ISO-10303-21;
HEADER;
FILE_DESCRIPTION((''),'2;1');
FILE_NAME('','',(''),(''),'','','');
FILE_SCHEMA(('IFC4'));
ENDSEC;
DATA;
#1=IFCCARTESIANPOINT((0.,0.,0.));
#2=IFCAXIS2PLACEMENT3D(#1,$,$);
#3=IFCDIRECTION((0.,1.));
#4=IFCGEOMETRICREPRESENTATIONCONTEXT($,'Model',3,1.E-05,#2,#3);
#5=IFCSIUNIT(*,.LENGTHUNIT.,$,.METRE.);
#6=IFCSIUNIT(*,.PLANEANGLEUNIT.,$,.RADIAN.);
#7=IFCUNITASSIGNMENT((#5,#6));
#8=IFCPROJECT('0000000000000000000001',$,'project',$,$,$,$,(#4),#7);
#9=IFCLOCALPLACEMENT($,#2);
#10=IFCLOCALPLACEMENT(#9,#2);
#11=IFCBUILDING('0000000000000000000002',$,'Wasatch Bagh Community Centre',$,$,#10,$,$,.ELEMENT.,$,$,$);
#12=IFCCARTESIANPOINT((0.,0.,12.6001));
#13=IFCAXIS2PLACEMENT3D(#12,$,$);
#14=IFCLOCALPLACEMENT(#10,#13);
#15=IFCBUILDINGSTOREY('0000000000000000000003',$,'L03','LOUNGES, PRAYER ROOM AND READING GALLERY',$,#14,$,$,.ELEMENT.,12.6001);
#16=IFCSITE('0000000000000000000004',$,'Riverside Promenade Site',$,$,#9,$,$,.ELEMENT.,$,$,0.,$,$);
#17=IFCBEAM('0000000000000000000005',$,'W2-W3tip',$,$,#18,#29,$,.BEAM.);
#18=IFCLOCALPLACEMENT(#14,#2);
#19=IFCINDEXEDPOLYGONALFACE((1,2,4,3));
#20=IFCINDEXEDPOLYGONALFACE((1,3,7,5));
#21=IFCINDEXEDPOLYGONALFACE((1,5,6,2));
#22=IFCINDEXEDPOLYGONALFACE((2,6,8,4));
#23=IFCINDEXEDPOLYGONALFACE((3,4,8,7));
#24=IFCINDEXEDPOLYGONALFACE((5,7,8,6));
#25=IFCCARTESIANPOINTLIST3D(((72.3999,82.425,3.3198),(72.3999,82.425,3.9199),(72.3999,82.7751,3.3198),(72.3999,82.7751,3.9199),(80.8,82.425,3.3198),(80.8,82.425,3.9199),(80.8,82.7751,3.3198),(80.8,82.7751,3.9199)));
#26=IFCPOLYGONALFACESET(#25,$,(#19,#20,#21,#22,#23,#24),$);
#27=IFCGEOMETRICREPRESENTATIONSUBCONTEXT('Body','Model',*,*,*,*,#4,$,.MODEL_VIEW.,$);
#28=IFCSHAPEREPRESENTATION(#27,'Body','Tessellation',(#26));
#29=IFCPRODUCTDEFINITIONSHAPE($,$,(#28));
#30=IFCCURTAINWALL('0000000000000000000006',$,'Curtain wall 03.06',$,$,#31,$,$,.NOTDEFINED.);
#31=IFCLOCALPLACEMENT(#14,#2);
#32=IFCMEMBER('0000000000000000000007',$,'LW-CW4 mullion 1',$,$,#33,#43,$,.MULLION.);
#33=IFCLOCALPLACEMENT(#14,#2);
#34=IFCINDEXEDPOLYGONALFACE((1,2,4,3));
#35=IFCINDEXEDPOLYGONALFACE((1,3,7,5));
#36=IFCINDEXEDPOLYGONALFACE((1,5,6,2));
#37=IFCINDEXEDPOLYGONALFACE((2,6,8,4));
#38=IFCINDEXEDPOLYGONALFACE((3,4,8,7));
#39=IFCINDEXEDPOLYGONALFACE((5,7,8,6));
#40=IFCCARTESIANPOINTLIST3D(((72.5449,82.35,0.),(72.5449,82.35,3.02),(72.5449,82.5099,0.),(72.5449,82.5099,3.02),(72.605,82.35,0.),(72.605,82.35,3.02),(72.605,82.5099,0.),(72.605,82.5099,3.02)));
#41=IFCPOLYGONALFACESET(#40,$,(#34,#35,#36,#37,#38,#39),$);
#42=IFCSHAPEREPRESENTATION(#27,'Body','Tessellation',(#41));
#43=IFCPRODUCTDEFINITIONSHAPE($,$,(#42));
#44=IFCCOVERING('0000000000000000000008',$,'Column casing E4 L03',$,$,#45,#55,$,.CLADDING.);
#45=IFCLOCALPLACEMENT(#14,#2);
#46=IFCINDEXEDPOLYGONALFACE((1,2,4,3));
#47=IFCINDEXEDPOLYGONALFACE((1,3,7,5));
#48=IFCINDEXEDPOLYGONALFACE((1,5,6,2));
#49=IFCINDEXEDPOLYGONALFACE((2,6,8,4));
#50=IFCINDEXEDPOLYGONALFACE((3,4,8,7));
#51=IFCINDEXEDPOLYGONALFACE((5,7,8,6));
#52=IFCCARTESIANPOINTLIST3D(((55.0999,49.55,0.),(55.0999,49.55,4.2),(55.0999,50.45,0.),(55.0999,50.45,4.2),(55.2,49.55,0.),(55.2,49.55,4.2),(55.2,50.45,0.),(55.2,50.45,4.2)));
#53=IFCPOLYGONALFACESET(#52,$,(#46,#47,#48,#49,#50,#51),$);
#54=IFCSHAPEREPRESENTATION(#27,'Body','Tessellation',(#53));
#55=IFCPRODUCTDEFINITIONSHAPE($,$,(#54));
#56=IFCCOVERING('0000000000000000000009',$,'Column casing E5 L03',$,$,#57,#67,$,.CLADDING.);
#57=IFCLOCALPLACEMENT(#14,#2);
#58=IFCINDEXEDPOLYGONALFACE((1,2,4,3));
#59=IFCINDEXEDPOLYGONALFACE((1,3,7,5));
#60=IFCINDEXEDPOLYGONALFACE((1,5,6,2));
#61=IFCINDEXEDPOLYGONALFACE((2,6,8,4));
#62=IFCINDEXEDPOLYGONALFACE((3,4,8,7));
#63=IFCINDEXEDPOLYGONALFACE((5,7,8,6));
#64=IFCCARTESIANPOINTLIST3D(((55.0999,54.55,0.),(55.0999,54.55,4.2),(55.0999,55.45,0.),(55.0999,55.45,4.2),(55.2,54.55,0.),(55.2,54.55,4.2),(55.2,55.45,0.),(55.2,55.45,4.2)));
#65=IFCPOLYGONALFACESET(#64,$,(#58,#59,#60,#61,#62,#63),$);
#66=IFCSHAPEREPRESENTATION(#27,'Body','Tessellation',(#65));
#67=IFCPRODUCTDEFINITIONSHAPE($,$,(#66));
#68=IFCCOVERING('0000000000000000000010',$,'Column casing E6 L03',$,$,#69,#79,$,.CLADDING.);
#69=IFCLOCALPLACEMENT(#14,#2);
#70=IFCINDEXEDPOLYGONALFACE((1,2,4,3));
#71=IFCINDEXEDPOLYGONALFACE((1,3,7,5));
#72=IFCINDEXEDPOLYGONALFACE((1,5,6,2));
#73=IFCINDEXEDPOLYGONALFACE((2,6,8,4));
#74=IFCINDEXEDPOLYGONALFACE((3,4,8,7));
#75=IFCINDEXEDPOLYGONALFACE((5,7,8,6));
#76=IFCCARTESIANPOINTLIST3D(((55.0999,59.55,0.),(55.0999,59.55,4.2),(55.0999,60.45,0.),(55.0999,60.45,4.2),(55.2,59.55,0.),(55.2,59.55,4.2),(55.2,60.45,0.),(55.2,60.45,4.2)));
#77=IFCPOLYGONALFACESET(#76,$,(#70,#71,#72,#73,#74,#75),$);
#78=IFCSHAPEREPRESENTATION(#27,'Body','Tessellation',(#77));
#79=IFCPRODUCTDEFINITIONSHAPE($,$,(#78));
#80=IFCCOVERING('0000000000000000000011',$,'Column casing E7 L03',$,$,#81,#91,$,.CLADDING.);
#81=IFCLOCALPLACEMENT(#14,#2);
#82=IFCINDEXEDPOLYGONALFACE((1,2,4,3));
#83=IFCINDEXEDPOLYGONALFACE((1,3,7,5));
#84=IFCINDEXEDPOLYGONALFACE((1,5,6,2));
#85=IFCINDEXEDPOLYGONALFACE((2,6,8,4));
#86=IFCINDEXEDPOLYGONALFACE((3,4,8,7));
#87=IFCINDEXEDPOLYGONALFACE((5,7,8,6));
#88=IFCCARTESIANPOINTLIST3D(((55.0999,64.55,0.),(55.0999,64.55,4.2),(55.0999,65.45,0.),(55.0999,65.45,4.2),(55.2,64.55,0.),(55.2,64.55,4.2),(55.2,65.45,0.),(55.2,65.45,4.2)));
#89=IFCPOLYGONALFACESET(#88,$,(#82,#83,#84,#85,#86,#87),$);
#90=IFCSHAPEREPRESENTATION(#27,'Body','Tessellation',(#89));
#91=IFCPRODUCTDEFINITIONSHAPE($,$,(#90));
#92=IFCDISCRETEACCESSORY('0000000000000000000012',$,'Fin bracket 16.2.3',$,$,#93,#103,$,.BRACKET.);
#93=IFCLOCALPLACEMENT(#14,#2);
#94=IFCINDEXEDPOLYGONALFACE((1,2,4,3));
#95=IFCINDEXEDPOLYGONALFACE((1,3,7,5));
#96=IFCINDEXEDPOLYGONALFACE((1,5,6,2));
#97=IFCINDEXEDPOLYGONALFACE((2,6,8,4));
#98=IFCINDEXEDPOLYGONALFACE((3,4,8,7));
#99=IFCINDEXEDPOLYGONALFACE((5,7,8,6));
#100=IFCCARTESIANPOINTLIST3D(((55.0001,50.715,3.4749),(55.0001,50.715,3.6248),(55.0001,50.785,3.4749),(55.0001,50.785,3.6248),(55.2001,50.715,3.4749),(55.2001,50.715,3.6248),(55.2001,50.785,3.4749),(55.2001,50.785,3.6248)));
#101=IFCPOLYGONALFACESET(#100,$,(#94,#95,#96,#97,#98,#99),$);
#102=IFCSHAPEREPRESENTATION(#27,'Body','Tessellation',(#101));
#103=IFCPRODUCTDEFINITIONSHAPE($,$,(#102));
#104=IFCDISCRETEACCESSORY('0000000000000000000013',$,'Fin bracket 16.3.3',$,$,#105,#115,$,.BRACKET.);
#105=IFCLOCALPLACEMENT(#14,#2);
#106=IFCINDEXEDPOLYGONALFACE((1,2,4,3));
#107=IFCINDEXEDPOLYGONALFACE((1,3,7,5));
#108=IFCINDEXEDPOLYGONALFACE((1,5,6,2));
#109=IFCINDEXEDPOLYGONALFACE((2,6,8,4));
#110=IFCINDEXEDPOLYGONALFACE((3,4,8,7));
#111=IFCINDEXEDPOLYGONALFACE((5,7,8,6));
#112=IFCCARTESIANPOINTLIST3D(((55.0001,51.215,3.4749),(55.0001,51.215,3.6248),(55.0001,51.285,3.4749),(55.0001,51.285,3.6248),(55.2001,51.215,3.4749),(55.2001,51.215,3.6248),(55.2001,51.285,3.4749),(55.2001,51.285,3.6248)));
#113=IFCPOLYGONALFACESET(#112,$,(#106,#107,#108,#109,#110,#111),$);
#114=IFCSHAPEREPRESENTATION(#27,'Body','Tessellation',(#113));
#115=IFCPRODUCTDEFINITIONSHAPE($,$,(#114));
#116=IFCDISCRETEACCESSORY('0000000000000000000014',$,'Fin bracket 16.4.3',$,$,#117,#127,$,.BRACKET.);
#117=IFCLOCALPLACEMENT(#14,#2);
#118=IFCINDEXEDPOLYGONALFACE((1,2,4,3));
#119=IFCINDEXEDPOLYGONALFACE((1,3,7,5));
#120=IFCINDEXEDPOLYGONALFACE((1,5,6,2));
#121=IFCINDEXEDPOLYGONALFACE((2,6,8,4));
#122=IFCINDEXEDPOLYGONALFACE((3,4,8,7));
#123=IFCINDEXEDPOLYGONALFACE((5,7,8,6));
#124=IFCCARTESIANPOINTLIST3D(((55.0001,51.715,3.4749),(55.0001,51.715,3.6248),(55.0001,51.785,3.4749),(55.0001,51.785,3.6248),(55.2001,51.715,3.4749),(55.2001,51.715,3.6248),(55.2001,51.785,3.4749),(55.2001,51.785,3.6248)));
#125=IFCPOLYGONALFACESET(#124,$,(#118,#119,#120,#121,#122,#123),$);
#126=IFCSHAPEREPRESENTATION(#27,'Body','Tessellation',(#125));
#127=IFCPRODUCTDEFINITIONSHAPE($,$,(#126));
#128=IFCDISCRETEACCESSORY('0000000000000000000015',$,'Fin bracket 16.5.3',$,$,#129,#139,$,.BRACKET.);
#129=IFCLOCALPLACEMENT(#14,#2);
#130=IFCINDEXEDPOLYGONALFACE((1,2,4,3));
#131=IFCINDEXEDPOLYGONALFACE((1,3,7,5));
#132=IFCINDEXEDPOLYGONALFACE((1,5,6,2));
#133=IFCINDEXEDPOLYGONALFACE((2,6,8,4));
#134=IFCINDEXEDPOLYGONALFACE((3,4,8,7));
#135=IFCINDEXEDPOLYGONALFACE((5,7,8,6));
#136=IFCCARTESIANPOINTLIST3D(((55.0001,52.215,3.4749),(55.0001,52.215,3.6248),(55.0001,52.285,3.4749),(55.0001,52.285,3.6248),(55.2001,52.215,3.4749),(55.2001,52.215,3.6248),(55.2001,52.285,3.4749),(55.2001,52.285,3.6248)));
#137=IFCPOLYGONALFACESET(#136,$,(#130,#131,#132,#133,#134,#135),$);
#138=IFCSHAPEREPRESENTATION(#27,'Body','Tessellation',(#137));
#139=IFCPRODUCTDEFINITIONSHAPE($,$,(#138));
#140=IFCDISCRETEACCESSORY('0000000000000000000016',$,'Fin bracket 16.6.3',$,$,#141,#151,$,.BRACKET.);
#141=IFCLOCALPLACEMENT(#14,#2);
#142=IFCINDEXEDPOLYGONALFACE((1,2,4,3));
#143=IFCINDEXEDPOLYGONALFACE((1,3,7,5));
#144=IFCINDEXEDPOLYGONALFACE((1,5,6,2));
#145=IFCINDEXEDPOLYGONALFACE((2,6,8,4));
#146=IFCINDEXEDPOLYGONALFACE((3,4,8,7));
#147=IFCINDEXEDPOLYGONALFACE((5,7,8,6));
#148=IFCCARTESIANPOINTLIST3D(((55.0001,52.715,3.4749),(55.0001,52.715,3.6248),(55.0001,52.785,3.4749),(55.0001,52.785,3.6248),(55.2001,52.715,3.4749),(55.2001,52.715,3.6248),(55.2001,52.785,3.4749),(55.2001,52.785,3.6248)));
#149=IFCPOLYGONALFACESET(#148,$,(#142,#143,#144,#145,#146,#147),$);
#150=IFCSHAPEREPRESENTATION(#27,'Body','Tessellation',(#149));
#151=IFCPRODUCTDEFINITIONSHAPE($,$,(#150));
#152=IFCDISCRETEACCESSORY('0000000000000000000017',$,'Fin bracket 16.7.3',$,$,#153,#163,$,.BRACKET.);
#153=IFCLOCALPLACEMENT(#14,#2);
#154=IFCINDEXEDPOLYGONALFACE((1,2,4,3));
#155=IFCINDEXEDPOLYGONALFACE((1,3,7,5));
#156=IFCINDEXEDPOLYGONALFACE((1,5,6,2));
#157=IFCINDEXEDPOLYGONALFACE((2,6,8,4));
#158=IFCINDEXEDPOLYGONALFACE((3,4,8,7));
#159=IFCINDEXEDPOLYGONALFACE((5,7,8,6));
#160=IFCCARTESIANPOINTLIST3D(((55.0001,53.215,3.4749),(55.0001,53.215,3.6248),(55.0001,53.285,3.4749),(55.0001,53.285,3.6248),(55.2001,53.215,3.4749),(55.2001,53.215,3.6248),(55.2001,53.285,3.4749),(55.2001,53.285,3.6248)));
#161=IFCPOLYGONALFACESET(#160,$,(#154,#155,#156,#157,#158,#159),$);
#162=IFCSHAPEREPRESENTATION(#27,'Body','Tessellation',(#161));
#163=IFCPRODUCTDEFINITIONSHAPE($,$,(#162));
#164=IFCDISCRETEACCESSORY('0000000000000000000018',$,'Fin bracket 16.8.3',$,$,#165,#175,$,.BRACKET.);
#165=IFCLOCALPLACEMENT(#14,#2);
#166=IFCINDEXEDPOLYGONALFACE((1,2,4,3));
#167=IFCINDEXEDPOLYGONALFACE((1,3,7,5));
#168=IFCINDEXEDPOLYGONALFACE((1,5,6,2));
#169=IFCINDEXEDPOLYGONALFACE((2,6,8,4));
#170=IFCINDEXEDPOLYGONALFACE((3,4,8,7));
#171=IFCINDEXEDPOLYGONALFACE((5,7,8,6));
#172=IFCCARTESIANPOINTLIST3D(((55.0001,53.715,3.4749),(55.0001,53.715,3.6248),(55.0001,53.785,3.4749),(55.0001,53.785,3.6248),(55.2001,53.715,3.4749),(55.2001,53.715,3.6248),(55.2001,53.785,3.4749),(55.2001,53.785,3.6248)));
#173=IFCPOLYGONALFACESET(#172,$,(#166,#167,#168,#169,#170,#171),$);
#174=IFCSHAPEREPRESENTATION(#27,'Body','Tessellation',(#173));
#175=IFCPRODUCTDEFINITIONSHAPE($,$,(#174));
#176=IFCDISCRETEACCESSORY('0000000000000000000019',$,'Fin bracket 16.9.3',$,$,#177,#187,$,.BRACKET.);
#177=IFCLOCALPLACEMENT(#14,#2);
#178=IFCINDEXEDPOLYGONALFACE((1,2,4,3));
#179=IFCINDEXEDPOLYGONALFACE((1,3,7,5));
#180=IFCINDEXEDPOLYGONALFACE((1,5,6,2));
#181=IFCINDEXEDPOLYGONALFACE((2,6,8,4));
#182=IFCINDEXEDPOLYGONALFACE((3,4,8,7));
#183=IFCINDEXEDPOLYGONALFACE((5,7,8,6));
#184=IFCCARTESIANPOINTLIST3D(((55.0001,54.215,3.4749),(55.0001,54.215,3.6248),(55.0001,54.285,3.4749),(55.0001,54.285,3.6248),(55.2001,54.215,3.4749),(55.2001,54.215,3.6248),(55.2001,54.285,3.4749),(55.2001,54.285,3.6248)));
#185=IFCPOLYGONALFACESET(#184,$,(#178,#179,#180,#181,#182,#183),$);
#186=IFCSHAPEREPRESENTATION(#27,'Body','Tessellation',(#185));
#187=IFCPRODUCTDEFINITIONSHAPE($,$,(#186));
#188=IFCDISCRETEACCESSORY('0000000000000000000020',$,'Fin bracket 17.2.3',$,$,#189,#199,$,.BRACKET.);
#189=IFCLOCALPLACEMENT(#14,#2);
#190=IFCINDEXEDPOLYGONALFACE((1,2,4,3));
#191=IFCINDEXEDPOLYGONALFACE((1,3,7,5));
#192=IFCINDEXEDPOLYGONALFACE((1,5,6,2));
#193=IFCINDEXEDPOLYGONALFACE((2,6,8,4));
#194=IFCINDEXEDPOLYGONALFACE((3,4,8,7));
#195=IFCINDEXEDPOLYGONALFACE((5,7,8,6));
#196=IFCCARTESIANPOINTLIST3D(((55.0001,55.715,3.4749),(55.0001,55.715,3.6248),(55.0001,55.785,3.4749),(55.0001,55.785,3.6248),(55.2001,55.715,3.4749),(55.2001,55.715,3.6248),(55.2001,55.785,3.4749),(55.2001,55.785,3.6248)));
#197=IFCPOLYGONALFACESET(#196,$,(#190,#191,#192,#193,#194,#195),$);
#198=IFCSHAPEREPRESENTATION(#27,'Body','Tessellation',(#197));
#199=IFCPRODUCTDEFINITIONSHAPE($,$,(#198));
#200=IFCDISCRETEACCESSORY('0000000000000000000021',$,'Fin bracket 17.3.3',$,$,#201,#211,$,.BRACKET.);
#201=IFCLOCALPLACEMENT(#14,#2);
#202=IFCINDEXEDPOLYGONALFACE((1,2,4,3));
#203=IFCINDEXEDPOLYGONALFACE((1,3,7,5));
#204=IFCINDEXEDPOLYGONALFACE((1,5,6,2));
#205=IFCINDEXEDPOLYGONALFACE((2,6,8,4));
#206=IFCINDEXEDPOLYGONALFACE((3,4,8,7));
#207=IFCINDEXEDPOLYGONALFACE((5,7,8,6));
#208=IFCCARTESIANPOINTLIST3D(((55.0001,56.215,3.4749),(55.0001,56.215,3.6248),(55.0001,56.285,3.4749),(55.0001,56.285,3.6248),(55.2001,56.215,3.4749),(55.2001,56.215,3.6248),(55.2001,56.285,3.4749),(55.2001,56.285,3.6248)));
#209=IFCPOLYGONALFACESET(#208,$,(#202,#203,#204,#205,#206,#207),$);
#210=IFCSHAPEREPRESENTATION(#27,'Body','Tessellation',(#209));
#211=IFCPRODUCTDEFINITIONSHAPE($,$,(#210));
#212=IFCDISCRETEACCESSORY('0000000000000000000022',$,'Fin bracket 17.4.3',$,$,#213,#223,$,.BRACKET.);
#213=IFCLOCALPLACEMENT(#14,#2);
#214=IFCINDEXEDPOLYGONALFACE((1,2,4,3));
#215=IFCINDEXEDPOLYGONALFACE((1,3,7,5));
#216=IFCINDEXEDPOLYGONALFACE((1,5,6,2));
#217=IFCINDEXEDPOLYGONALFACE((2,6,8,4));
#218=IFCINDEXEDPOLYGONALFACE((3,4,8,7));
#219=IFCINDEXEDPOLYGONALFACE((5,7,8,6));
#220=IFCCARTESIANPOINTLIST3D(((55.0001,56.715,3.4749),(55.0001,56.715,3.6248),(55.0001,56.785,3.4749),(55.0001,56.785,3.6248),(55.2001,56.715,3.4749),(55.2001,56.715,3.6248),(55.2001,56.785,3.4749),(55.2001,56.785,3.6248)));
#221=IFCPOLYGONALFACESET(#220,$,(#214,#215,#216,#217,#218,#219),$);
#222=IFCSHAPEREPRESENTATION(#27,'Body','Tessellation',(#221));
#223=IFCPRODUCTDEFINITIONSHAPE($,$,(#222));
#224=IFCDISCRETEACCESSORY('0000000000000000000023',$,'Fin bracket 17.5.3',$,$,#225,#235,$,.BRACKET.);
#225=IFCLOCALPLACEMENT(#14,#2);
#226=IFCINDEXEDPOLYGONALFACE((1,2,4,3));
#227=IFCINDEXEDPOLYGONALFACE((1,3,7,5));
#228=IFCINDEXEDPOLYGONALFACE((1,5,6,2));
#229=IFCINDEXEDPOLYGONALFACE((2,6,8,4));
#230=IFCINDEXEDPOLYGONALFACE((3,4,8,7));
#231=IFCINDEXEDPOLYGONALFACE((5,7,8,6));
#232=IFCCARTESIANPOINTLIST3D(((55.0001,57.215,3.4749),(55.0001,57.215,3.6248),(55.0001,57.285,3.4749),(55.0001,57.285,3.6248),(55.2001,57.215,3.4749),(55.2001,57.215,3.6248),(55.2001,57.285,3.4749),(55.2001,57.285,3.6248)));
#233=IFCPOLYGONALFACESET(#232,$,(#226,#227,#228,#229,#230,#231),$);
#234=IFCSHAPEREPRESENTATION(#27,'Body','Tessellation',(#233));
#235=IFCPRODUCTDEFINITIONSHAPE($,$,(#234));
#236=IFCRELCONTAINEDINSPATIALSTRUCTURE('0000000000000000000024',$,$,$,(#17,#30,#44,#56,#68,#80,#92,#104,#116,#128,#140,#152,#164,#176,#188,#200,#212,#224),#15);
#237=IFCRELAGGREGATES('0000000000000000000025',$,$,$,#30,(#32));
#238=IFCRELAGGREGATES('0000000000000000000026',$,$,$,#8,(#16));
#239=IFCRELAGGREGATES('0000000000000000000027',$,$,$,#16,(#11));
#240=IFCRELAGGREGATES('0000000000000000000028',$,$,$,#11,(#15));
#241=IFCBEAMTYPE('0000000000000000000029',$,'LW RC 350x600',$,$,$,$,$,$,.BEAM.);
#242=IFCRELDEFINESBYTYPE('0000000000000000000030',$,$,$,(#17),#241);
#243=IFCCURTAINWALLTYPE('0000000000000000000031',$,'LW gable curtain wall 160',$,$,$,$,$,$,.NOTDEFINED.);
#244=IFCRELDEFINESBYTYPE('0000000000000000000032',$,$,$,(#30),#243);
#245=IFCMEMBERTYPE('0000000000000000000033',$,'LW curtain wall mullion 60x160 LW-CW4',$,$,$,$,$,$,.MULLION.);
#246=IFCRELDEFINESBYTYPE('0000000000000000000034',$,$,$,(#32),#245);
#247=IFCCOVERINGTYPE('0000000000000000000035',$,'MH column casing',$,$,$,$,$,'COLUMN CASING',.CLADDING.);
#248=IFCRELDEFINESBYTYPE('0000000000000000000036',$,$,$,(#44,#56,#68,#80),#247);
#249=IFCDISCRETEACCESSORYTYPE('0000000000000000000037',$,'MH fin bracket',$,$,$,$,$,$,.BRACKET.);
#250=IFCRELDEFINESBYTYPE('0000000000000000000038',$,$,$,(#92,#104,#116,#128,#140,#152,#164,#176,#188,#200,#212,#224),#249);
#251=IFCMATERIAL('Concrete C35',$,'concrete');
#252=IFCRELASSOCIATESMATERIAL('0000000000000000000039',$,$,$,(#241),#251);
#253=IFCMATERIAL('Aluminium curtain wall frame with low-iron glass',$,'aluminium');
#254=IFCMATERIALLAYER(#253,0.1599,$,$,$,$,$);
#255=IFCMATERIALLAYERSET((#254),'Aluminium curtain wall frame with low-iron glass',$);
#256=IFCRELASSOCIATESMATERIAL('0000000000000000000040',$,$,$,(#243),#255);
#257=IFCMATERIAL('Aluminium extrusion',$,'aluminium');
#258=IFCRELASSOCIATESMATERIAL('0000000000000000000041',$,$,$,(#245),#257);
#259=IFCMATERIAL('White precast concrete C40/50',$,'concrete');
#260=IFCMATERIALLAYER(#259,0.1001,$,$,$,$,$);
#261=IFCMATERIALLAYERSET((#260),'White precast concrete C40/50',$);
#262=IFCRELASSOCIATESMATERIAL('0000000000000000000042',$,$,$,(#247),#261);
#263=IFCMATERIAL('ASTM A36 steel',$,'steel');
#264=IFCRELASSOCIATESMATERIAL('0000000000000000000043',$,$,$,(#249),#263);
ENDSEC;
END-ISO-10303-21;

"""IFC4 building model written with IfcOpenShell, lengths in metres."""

from ifc_helpers import new_model, si_unit, direction, frame, origin, origin_2d, place, context, subcontext, project, spatial, rectangle, extrude, material, layer, layer_set, material_profile, profile_set, type_object, element, aggregate, save


model = new_model("IFC4")

# Units and contexts
model_context = context("Model", 3, precision=1e-05, world=origin(), true_north=direction((0.0, 1.0)))
body_context = subcontext(model_context, "Body", "Model", "MODEL_VIEW")
ifc_project = project(units=[si_unit("LENGTHUNIT", "METRE"), si_unit("PLANEANGLEUNIT", "RADIAN")], contexts=[model_context])

# Site, building, storey
site_placement = place(None, origin())
site = spatial("IfcSite", under=ifc_project, at=site_placement, Name="Riverside Promenade Site", CompositionType="ELEMENT", RefElevation=0.0)
building_placement = place(site_placement, origin())
building = spatial("IfcBuilding", under=site, at=building_placement, Name="Wasatch Bagh Community Centre", CompositionType="ELEMENT")
storey_placement = place(building_placement, frame((0.0, 0.0, 12.6001)))
storey = spatial("IfcBuildingStorey", under=building, at=storey_placement, Name="L03", Description="LOUNGES, PRAYER ROOM AND READING GALLERY", CompositionType="ELEMENT", Elevation=12.6001)

# Beam
ifc_material_1 = material(Name="Concrete C35", Category="concrete")
ifc_material_profile_1 = material_profile(ifc_material_1, rectangle(XDim=0.3501, YDim=0.6001, at=origin_2d()), Name="RC 350x600")
ifc_profile_set_1 = profile_set([ifc_material_profile_1], Name="Concrete C35")
beam_type = type_object("IfcBeamType", Name="LW RC 350x600", PredefinedType="BEAM", material=ifc_profile_set_1)
beam_placement = place(storey_placement, frame((72.3999, 82.6001, 3.6199), z_axis=(1.0, 0.0, 0.0), x_axis=(0.0, 1.0, 0.0)))
element("IfcBeam", 1, at=beam_placement, inside=storey, type_object=beam_type, Name="W2-W3tip", PredefinedType="BEAM", context=body_context, shape_type="SweptSolid", body=[
    extrude(rectangle(XDim=0.3501, YDim=0.6001, at=origin_2d()), origin(), (0.0, 0.0, 1.0), 8.4001),
])

# Curtain wall, member
ifc_material_2 = material(Name="Aluminium curtain wall frame with low-iron glass", Category="aluminium")
ifc_layer_1 = layer(ifc_material_2, 0.1599)
ifc_layer_set_1 = layer_set([ifc_layer_1], Name="Aluminium curtain wall frame with low-iron glass")
curtain_wall_type = type_object("IfcCurtainWallType", Name="LW gable curtain wall 160", PredefinedType="NOTDEFINED", material=ifc_layer_set_1)
curtain_wall_placement = place(storey_placement, origin())
curtain_wall = element("IfcCurtainWall", 2, at=curtain_wall_placement, inside=storey, type_object=curtain_wall_type, Name="Curtain wall 03.06", PredefinedType="NOTDEFINED")
ifc_material_3 = material(Name="Aluminium extrusion", Category="aluminium")
ifc_material_profile_2 = material_profile(ifc_material_3, rectangle(XDim=0.0601, YDim=0.1599, at=origin_2d()), Name="AL 60x160")
ifc_profile_set_2 = profile_set([ifc_material_profile_2], Name="Aluminium extrusion")
member_type = type_object("IfcMemberType", Name="LW curtain wall mullion 60x160 LW-CW4", PredefinedType="MULLION", material=ifc_profile_set_2)
member_placement = place(storey_placement, frame((72.575, 82.4299, 0.0), z_axis=(0.0, 0.0, 1.0), x_axis=(-1.0, 0.0, 0.0)))
member = element("IfcMember", 3, at=member_placement, type_object=member_type, Name="LW-CW4 mullion 1", PredefinedType="MULLION", context=body_context, shape_type="SweptSolid", body=[
    extrude(rectangle(XDim=0.0601, YDim=0.1599, at=origin_2d()), origin(), (0.0, 0.0, 1.0), 3.02),
])
aggregate(curtain_wall, [member])

# Coverings
ifc_material_4 = material(Name="White precast concrete C40/50", Category="concrete")
ifc_layer_2 = layer(ifc_material_4, 0.1001)
ifc_layer_set_2 = layer_set([ifc_layer_2], Name="White precast concrete C40/50")
covering_type = type_object("IfcCoveringType", Name="MH column casing", ElementType="COLUMN CASING", PredefinedType="CLADDING", material=ifc_layer_set_2)
for number, where, z_axis, x_axis, name in (
    (4, (55.1499, 50.0, 0.0), (0.0, 0.0, 1.0), (0.0, 1.0, 0.0), "Column casing E4 L03"),
    (5, (55.1499, 55.0, 0.0), (0.0, 0.0, 1.0), (0.0, 1.0, 0.0), "Column casing E5 L03"),
    (6, (55.1499, 60.0, 0.0), (0.0, 0.0, 1.0), (0.0, 1.0, 0.0), "Column casing E6 L03"),
    (7, (55.1499, 65.0, 0.0), (0.0, 0.0, 1.0), (0.0, 1.0, 0.0), "Column casing E7 L03"),
):
    element("IfcCovering", number, at=place(storey_placement, frame(where, z_axis=z_axis, x_axis=x_axis)), inside=storey, type_object=covering_type, Name=name, PredefinedType="CLADDING", context=body_context, shape_type="SweptSolid", body=[
        extrude(rectangle(XDim=0.8999, YDim=0.1001, at=origin_2d()), origin(), (0.0, 0.0, 1.0), 4.2),
    ])

# Discrete accessories
ifc_material_5 = material(Name="ASTM A36 steel", Category="steel")
discrete_accessory_type = type_object("IfcDiscreteAccessoryType", Name="MH fin bracket", PredefinedType="BRACKET", material=ifc_material_5)
for number, where, z_axis, x_axis, name in (
    (8, (55.1001, 50.75, 3.4749), (0.0, 0.0, 1.0), (0.0, 1.0, 0.0), "Fin bracket 16.2.3"),
    (9, (55.1001, 51.25, 3.4749), (0.0, 0.0, 1.0), (0.0, 1.0, 0.0), "Fin bracket 16.3.3"),
    (10, (55.1001, 51.75, 3.4749), (0.0, 0.0, 1.0), (0.0, 1.0, 0.0), "Fin bracket 16.4.3"),
    (11, (55.1001, 52.25, 3.4749), (0.0, 0.0, 1.0), (0.0, 1.0, 0.0), "Fin bracket 16.5.3"),
    (12, (55.1001, 52.75, 3.4749), (0.0, 0.0, 1.0), (0.0, 1.0, 0.0), "Fin bracket 16.6.3"),
    (13, (55.1001, 53.25, 3.4749), (0.0, 0.0, 1.0), (0.0, 1.0, 0.0), "Fin bracket 16.7.3"),
    (14, (55.1001, 53.75, 3.4749), (0.0, 0.0, 1.0), (0.0, 1.0, 0.0), "Fin bracket 16.8.3"),
    (15, (55.1001, 54.25, 3.4749), (0.0, 0.0, 1.0), (0.0, 1.0, 0.0), "Fin bracket 16.9.3"),
    (16, (55.1001, 55.75, 3.4749), (0.0, 0.0, 1.0), (0.0, 1.0, 0.0), "Fin bracket 17.2.3"),
    (17, (55.1001, 56.25, 3.4749), (0.0, 0.0, 1.0), (0.0, 1.0, 0.0), "Fin bracket 17.3.3"),
    (18, (55.1001, 56.75, 3.4749), (0.0, 0.0, 1.0), (0.0, 1.0, 0.0), "Fin bracket 17.4.3"),
    (19, (55.1001, 57.25, 3.4749), (0.0, 0.0, 1.0), (0.0, 1.0, 0.0), "Fin bracket 17.5.3"),
):
    element("IfcDiscreteAccessory", number, at=place(storey_placement, frame(where, z_axis=z_axis, x_axis=x_axis)), inside=storey, type_object=discrete_accessory_type, Name=name, PredefinedType="BRACKET", context=body_context, shape_type="SweptSolid", body=[
        extrude(rectangle(XDim=0.0701, YDim=0.2, at=origin_2d()), origin(), (0.0, 0.0, 1.0), 0.1499),
    ])

save(model, "model.ifc")
